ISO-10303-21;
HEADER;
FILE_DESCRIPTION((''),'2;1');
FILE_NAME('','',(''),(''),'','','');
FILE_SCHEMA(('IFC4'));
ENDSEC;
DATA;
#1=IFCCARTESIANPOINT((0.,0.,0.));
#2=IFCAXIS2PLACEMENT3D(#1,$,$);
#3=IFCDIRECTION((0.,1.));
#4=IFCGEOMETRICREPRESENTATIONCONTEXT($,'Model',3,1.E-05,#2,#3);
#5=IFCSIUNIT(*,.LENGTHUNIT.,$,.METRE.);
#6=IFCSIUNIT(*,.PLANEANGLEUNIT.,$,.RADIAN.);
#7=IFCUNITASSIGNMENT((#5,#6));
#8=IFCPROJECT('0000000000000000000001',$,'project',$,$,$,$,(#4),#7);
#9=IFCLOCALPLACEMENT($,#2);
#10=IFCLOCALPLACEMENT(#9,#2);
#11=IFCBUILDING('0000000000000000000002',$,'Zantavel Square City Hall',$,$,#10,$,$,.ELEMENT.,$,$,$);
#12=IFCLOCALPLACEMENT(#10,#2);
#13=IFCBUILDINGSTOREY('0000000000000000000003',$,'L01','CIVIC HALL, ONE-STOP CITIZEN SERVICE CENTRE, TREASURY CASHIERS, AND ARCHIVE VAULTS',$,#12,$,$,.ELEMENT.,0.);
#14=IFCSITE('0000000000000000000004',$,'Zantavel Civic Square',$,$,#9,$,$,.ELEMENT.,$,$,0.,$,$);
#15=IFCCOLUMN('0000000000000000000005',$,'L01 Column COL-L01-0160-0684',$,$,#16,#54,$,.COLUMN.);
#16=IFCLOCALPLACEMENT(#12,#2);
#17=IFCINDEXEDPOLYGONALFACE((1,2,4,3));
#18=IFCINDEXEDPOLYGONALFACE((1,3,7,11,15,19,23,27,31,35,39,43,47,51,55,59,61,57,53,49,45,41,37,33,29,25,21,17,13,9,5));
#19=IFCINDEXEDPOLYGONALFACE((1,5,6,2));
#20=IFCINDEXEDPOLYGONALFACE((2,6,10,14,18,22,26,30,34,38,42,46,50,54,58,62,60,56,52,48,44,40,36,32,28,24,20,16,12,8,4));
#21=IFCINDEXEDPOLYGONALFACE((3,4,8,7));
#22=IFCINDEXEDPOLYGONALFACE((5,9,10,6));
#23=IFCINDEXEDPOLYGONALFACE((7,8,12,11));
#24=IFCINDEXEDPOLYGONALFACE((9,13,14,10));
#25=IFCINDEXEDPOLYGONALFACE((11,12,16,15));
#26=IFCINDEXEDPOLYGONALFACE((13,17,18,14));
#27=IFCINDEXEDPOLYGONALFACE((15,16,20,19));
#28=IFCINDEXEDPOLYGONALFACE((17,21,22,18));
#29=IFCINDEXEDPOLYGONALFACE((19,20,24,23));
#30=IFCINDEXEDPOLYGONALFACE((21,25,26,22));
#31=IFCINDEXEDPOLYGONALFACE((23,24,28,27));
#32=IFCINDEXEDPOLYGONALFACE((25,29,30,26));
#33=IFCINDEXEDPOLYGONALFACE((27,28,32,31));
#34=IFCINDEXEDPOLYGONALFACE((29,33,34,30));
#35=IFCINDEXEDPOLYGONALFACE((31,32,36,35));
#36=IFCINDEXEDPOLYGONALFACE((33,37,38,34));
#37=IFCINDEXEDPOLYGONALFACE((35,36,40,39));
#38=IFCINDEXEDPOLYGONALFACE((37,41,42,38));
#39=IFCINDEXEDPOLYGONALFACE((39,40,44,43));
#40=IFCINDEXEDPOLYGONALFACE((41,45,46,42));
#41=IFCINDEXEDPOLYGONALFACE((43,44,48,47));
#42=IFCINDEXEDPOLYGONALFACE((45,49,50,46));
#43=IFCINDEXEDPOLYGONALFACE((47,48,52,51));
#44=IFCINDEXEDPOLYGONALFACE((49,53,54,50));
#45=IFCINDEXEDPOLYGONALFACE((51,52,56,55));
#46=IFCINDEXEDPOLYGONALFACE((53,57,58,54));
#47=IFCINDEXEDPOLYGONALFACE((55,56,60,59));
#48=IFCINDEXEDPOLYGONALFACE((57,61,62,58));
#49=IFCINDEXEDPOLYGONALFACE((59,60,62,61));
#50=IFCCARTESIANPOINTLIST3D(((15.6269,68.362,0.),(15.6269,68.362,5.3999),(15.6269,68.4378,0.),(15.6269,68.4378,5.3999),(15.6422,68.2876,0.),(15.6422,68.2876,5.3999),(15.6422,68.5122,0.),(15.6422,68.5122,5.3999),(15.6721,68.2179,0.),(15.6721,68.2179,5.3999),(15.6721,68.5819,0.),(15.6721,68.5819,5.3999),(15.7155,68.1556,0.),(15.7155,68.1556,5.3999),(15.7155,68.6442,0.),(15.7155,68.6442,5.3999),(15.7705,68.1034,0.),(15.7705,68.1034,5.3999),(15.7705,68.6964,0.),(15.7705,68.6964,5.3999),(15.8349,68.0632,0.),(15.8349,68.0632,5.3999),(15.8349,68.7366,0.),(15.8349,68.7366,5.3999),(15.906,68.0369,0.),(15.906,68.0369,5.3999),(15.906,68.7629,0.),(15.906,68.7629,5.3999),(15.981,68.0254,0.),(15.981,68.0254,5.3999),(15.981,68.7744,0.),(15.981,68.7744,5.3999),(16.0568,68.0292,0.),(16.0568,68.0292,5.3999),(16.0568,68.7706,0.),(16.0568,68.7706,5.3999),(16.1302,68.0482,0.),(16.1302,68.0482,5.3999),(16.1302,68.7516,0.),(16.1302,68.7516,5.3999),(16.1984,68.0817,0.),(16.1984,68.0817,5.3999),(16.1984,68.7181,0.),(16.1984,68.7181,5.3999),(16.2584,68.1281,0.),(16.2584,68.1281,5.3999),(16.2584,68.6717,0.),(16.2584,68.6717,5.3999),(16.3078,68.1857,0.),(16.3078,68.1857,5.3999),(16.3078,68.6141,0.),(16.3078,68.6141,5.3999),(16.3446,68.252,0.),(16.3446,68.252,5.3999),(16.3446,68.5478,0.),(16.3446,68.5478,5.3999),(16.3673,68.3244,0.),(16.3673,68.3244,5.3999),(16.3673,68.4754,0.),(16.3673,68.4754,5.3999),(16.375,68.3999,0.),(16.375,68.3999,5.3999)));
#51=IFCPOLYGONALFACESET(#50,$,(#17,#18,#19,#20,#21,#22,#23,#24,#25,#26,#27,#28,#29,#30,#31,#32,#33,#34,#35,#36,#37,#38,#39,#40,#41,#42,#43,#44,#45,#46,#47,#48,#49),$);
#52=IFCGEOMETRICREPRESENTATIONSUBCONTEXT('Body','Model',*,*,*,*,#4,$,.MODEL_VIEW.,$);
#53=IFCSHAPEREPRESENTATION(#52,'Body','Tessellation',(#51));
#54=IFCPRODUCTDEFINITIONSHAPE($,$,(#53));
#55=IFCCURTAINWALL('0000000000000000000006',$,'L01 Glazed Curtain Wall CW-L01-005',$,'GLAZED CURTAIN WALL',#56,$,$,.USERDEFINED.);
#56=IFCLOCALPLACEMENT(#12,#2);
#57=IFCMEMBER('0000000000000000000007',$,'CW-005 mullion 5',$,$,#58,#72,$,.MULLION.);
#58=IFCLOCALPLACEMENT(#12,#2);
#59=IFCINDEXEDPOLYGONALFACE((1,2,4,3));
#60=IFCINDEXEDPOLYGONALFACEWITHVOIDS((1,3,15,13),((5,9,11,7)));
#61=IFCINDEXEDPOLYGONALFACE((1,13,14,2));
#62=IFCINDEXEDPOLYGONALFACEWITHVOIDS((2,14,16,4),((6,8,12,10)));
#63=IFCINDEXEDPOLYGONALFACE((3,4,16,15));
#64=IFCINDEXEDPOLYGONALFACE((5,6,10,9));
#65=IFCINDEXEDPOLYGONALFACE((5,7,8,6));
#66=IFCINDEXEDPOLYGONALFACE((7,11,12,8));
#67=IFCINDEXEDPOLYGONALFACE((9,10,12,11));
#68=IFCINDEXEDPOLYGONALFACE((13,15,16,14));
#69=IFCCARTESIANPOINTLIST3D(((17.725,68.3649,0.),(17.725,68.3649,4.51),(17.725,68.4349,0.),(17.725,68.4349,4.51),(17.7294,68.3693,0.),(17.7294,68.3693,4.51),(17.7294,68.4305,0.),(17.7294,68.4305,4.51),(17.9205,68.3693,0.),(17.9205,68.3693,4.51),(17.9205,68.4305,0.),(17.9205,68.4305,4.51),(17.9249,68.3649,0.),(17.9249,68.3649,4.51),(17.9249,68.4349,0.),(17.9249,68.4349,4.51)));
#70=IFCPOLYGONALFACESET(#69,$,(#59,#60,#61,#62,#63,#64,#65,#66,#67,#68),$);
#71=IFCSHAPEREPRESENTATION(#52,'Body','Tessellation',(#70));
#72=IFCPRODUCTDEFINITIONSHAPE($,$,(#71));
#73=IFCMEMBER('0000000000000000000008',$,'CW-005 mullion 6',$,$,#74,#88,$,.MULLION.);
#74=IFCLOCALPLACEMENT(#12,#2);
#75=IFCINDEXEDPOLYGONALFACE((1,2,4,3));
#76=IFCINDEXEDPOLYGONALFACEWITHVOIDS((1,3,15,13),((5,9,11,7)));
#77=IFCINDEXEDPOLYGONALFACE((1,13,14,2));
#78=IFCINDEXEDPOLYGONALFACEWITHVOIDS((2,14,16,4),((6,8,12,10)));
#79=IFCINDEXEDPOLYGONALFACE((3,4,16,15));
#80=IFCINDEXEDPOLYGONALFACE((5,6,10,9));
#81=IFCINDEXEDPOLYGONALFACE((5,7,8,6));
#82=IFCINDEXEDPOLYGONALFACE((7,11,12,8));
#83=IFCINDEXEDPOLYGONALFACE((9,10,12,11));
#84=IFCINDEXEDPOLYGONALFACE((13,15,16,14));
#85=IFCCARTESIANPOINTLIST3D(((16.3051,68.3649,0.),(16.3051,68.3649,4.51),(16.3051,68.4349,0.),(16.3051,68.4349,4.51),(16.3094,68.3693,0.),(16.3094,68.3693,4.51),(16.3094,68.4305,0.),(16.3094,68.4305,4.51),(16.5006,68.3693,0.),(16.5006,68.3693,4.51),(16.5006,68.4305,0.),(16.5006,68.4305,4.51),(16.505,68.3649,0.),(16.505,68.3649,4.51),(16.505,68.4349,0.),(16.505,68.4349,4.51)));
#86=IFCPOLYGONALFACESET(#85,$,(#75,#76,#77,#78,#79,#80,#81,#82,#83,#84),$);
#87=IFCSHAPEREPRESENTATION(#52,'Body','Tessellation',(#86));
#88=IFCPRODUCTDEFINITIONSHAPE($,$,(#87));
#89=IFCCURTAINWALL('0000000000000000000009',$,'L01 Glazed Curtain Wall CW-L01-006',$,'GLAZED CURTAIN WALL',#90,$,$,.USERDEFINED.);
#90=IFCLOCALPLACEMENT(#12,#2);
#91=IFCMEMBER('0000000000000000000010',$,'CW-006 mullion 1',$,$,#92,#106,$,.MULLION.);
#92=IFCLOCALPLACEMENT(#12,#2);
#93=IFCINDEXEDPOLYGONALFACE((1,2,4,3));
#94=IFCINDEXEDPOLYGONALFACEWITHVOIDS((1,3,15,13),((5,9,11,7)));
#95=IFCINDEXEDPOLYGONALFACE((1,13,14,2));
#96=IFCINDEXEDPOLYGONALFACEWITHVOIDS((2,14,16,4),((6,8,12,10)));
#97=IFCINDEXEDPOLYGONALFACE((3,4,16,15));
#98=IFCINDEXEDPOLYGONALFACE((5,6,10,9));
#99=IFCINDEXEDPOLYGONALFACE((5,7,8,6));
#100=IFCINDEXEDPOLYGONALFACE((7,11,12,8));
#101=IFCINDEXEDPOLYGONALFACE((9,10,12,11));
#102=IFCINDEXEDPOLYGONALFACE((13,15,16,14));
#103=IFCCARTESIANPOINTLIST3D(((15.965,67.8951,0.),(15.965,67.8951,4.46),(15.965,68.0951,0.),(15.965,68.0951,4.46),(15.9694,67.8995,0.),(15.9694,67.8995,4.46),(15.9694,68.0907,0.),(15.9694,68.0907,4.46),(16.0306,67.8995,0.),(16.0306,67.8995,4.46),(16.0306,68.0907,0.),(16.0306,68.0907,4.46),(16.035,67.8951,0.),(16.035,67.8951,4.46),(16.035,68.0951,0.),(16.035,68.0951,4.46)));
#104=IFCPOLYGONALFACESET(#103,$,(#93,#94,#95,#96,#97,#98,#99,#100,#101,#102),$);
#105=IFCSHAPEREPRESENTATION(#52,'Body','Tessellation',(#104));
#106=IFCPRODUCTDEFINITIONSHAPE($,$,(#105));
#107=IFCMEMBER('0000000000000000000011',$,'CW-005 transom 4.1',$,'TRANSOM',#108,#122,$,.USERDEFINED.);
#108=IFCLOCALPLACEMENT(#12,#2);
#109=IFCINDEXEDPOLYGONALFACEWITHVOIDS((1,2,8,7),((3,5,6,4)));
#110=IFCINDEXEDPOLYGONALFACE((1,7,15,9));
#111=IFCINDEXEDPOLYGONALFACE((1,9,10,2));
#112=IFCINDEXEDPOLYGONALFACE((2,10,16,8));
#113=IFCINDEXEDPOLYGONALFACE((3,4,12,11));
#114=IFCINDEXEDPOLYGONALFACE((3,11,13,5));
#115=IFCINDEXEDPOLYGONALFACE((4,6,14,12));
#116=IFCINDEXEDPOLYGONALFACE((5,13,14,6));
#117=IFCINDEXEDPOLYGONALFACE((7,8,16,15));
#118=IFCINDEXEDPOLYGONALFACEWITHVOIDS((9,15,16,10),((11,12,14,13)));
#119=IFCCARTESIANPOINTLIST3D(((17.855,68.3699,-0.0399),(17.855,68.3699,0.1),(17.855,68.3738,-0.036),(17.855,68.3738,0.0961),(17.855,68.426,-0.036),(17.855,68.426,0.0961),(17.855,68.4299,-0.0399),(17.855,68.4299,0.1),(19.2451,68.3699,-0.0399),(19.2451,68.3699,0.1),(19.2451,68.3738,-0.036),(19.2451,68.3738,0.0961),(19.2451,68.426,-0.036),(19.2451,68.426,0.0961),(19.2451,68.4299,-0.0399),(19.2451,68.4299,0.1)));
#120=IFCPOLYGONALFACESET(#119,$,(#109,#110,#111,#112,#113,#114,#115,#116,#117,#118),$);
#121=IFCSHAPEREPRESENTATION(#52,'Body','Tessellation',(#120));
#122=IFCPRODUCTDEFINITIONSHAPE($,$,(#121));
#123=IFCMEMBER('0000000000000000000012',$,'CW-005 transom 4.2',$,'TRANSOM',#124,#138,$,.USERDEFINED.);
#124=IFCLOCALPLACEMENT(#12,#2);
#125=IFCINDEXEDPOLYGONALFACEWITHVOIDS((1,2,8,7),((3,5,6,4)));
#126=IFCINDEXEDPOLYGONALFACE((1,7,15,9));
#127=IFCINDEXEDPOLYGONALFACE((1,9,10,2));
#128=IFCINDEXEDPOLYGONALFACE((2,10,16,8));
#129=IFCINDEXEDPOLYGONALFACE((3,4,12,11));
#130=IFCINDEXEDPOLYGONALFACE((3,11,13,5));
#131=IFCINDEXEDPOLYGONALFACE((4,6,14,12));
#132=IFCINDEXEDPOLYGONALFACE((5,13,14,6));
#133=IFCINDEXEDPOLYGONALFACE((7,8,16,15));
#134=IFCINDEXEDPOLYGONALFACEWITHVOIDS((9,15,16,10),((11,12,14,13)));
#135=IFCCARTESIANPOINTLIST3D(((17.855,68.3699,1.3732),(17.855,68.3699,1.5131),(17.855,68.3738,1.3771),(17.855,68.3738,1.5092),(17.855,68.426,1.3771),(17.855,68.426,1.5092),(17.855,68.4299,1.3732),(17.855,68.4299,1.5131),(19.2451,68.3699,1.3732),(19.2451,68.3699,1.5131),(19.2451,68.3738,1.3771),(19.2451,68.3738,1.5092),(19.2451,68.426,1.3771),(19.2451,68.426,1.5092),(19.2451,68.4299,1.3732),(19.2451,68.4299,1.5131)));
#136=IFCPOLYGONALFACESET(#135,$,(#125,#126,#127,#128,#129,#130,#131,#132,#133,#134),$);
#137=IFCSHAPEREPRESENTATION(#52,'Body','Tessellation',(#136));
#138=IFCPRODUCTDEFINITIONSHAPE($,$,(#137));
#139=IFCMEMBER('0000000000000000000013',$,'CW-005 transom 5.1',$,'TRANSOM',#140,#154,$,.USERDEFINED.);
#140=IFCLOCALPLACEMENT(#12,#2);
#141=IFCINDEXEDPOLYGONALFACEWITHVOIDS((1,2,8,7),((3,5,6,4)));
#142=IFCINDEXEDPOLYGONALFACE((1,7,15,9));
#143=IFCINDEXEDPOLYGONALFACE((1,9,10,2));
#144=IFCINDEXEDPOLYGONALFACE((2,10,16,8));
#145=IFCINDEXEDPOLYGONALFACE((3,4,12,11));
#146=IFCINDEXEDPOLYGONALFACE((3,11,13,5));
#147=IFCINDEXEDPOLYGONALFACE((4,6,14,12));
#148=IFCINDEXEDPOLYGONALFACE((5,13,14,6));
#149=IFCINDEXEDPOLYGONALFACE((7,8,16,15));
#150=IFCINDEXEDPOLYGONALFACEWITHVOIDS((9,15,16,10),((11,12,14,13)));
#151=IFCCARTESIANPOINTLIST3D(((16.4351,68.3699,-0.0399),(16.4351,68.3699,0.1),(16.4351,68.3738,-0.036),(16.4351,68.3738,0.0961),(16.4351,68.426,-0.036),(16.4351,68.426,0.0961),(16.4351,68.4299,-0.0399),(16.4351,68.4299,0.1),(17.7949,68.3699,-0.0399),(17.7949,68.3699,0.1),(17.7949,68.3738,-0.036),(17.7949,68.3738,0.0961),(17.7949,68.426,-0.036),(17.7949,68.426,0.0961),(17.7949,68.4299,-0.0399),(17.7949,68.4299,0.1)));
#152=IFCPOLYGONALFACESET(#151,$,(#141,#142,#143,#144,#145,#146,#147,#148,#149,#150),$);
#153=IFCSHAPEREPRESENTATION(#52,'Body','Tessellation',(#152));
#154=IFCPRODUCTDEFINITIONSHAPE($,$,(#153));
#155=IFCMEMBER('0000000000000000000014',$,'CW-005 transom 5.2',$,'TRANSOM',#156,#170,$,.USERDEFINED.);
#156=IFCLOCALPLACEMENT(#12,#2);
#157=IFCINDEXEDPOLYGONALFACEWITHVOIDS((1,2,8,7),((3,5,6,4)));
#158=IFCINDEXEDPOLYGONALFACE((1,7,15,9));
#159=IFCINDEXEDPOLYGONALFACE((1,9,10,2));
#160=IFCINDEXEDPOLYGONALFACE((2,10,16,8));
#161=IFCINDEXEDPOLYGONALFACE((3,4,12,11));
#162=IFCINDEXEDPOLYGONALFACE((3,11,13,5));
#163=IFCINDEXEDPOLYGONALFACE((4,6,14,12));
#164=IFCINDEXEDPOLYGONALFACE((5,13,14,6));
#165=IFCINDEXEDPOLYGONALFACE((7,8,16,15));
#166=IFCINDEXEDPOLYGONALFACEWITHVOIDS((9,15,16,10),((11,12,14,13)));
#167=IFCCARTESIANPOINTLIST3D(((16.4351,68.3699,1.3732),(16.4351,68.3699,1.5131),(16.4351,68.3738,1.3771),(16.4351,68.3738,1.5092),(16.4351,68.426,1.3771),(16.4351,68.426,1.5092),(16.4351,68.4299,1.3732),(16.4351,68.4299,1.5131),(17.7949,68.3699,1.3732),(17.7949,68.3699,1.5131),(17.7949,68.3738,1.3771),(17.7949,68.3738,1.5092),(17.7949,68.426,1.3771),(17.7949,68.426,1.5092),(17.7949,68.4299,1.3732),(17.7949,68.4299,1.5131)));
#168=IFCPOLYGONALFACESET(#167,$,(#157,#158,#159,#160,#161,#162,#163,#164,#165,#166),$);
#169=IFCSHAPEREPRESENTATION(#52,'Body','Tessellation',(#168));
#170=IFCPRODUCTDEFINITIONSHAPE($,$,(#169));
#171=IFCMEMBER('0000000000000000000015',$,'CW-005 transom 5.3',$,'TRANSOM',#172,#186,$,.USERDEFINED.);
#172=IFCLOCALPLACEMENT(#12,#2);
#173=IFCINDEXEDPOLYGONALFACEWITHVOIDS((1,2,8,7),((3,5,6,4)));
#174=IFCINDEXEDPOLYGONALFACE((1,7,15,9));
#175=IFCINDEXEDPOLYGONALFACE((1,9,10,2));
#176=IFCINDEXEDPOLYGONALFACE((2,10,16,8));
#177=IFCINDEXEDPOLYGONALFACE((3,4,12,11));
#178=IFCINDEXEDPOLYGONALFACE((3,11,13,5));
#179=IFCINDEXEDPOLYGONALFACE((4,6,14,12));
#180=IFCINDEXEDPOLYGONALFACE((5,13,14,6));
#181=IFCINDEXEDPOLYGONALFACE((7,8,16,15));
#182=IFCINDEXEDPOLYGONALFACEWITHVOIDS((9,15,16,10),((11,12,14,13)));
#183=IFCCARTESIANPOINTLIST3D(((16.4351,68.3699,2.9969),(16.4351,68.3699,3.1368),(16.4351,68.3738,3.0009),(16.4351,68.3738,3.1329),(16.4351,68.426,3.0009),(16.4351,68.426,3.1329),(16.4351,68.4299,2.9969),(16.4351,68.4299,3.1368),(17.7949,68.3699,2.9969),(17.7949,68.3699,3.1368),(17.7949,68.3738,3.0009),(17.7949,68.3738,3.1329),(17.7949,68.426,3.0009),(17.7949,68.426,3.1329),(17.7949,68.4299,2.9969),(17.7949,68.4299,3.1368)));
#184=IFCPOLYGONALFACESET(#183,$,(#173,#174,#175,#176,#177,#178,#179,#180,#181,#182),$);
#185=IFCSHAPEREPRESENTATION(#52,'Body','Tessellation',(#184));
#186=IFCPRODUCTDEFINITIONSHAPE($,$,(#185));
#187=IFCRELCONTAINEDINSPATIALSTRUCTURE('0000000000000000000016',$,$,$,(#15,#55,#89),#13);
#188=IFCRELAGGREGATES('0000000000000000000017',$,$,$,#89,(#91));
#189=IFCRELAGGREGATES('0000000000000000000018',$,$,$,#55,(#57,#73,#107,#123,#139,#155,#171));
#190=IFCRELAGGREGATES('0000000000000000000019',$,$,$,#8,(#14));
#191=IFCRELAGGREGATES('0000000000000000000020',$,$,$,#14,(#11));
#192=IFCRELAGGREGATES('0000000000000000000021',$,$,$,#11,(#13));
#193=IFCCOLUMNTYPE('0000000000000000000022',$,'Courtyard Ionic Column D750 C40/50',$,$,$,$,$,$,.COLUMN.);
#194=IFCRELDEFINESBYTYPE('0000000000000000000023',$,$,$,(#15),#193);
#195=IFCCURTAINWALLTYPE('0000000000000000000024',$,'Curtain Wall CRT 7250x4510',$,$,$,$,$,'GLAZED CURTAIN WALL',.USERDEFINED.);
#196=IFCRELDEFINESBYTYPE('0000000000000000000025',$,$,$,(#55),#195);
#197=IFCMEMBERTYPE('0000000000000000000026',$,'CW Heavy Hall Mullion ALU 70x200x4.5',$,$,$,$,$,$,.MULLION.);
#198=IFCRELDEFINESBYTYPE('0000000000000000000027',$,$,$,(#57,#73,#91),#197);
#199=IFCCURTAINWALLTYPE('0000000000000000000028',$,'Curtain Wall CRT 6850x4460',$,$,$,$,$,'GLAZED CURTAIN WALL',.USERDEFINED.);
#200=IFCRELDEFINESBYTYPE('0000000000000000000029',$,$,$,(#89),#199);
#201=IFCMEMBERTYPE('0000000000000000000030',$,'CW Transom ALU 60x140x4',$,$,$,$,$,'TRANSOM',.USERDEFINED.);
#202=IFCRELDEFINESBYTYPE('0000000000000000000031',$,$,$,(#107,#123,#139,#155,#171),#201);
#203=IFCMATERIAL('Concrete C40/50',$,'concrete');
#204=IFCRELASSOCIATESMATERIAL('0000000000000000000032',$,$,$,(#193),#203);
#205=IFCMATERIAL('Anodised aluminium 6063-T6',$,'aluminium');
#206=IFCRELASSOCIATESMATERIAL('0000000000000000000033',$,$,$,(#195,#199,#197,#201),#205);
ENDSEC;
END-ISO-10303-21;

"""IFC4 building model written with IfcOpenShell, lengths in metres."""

from ifc_helpers import new_model, si_unit, direction, frame, origin, origin_2d, place, context, subcontext, project, spatial, hollow_rectangle, circle, extrude, material, material_profile, profile_set, type_object, element, aggregate, save


model = new_model("IFC4")

# Units and contexts
model_context = context("Model", 3, precision=1e-05, world=origin(), true_north=direction((0.0, 1.0)))
body_context = subcontext(model_context, "Body", "Model", "MODEL_VIEW")
ifc_project = project(units=[si_unit("LENGTHUNIT", "METRE"), si_unit("PLANEANGLEUNIT", "RADIAN")], contexts=[model_context])

# Site, building, storey
site_placement = place(None, origin())
site = spatial("IfcSite", under=ifc_project, at=site_placement, Name="Zantavel Civic Square", CompositionType="ELEMENT", RefElevation=0.0)
building_placement = place(site_placement, origin())
building = spatial("IfcBuilding", under=site, at=building_placement, Name="Zantavel Square City Hall", CompositionType="ELEMENT")
storey_placement = place(building_placement, origin())
storey = spatial("IfcBuildingStorey", under=building, at=storey_placement, Name="L01", Description="CIVIC HALL, ONE-STOP CITIZEN SERVICE CENTRE, TREASURY CASHIERS, AND ARCHIVE VAULTS", CompositionType="ELEMENT", Elevation=0.0)

# Column
ifc_material_1 = material(Name="Concrete C40/50", Category="concrete")
ifc_material_profile_1 = material_profile(ifc_material_1, circle(Radius=0.375, at=origin_2d()), Name="ROUND D750")
ifc_profile_set_1 = profile_set([ifc_material_profile_1], Name="Concrete C40/50")
column_type = type_object("IfcColumnType", Name="Courtyard Ionic Column D750 C40/50", PredefinedType="COLUMN", material=ifc_profile_set_1)
column_placement = place(storey_placement, frame((16.0, 68.3999, 0.0), z_axis=(0.0, 0.0, 1.0), x_axis=(1.0, 0.0, 0.0)))
element("IfcColumn", 1, at=column_placement, inside=storey, type_object=column_type, Name="L01 Column COL-L01-0160-0684", PredefinedType="COLUMN", context=body_context, shape_type="SweptSolid", body=[
    extrude(circle(Radius=0.375, at=origin_2d()), origin(), (0.0, 0.0, 1.0), 5.3999),
])

# Curtain wall, members
ifc_material_2 = material(Name="Anodised aluminium 6063-T6", Category="aluminium")
curtain_wall_type_1 = type_object("IfcCurtainWallType", Name="Curtain Wall CRT 7250x4510", ElementType="GLAZED CURTAIN WALL", PredefinedType="USERDEFINED", material=ifc_material_2)
curtain_wall_1_placement = place(storey_placement, origin())
curtain_wall_1 = element("IfcCurtainWall", 2, at=curtain_wall_1_placement, inside=storey, type_object=curtain_wall_type_1, Name="L01 Glazed Curtain Wall CW-L01-005", ObjectType="GLAZED CURTAIN WALL", PredefinedType="USERDEFINED")
ifc_material_profile_2 = material_profile(ifc_material_2, hollow_rectangle(XDim=0.0701, YDim=0.2, WallThickness=0.0044, at=origin_2d()), Name="ALU 70x200x4.5")
ifc_profile_set_2 = profile_set([ifc_material_profile_2], Name="Anodised aluminium 6063-T6")
member_type_1 = type_object("IfcMemberType", Name="CW Heavy Hall Mullion ALU 70x200x4.5", PredefinedType="MULLION", material=ifc_profile_set_2)
member_1_placement = place(storey_placement, frame((17.825, 68.3999, 0.0), z_axis=(0.0, 0.0, 1.0), x_axis=(0.0, -1.0, 0.0)))
member_1 = element("IfcMember", 3, at=member_1_placement, type_object=member_type_1, Name="CW-005 mullion 5", PredefinedType="MULLION", context=body_context, shape_type="SweptSolid", body=[
    extrude(hollow_rectangle(XDim=0.0701, YDim=0.2, WallThickness=0.0044, at=origin_2d()), origin(), (0.0, 0.0, 1.0), 4.51),
])
member_2_placement = place(storey_placement, frame((16.405, 68.3999, 0.0), z_axis=(0.0, 0.0, 1.0), x_axis=(0.0, -1.0, 0.0)))
member_2 = element("IfcMember", 4, at=member_2_placement, type_object=member_type_1, Name="CW-005 mullion 6", PredefinedType="MULLION", context=body_context, shape_type="SweptSolid", body=[
    extrude(hollow_rectangle(XDim=0.0701, YDim=0.2, WallThickness=0.0044, at=origin_2d()), origin(), (0.0, 0.0, 1.0), 4.51),
])

# Curtain wall, member
curtain_wall_type_2 = type_object("IfcCurtainWallType", Name="Curtain Wall CRT 6850x4460", ElementType="GLAZED CURTAIN WALL", PredefinedType="USERDEFINED", material=ifc_material_2)
curtain_wall_2_placement = place(storey_placement, origin())
curtain_wall_2 = element("IfcCurtainWall", 5, at=curtain_wall_2_placement, inside=storey, type_object=curtain_wall_type_2, Name="L01 Glazed Curtain Wall CW-L01-006", ObjectType="GLAZED CURTAIN WALL", PredefinedType="USERDEFINED")
member_3_placement = place(storey_placement, frame((16.0, 67.9951, 0.0), z_axis=(0.0, 0.0, 1.0), x_axis=(1.0, 0.0, 0.0)))
member_3 = element("IfcMember", 6, at=member_3_placement, type_object=member_type_1, Name="CW-006 mullion 1", PredefinedType="MULLION", context=body_context, shape_type="SweptSolid", body=[
    extrude(hollow_rectangle(XDim=0.0701, YDim=0.2, WallThickness=0.0044, at=origin_2d()), origin(), (0.0, 0.0, 1.0), 4.46),
])

# Members
ifc_material_profile_3 = material_profile(ifc_material_2, hollow_rectangle(XDim=0.0601, YDim=0.1399, WallThickness=0.0039, at=origin_2d()), Name="ALU 60x140x4")
ifc_profile_set_3 = profile_set([ifc_material_profile_3], Name="Anodised aluminium 6063-T6")
member_type_2 = type_object("IfcMemberType", Name="CW Transom ALU 60x140x4", ElementType="TRANSOM", PredefinedType="USERDEFINED", material=ifc_profile_set_3)
member_4_placement = place(storey_placement, frame((19.2451, 68.3999, 0.03), z_axis=(-1.0, 0.0, 0.0), x_axis=(0.0, -1.0, 0.0)))
member_4 = element("IfcMember", 7, at=member_4_placement, type_object=member_type_2, Name="CW-005 transom 4.1", ObjectType="TRANSOM", PredefinedType="USERDEFINED", context=body_context, shape_type="SweptSolid", body=[
    extrude(hollow_rectangle(XDim=0.0601, YDim=0.1399, WallThickness=0.0039, at=origin_2d()), origin(), (0.0, 0.0, 1.0), 1.3901),
])
member_5_placement = place(storey_placement, frame((19.2451, 68.3999, 1.4431), z_axis=(-1.0, 0.0, 0.0), x_axis=(0.0, -1.0, 0.0)))
member_5 = element("IfcMember", 8, at=member_5_placement, type_object=member_type_2, Name="CW-005 transom 4.2", ObjectType="TRANSOM", PredefinedType="USERDEFINED", context=body_context, shape_type="SweptSolid", body=[
    extrude(hollow_rectangle(XDim=0.0601, YDim=0.1399, WallThickness=0.0039, at=origin_2d()), origin(), (0.0, 0.0, 1.0), 1.3901),
])
member_6_placement = place(storey_placement, frame((17.7949, 68.3999, 0.03), z_axis=(-1.0, 0.0, 0.0), x_axis=(0.0, -1.0, 0.0)))
member_6 = element("IfcMember", 9, at=member_6_placement, type_object=member_type_2, Name="CW-005 transom 5.1", ObjectType="TRANSOM", PredefinedType="USERDEFINED", context=body_context, shape_type="SweptSolid", body=[
    extrude(hollow_rectangle(XDim=0.0601, YDim=0.1399, WallThickness=0.0039, at=origin_2d()), origin(), (0.0, 0.0, 1.0), 1.3599),
])
member_7_placement = place(storey_placement, frame((17.7949, 68.3999, 1.4431), z_axis=(-1.0, 0.0, 0.0), x_axis=(0.0, -1.0, 0.0)))
member_7 = element("IfcMember", 10, at=member_7_placement, type_object=member_type_2, Name="CW-005 transom 5.2", ObjectType="TRANSOM", PredefinedType="USERDEFINED", context=body_context, shape_type="SweptSolid", body=[
    extrude(hollow_rectangle(XDim=0.0601, YDim=0.1399, WallThickness=0.0039, at=origin_2d()), origin(), (0.0, 0.0, 1.0), 1.3599),
])
member_8_placement = place(storey_placement, frame((17.7949, 68.3999, 3.0669), z_axis=(-1.0, 0.0, 0.0), x_axis=(0.0, -1.0, 0.0)))
member_8 = element("IfcMember", 11, at=member_8_placement, type_object=member_type_2, Name="CW-005 transom 5.3", ObjectType="TRANSOM", PredefinedType="USERDEFINED", context=body_context, shape_type="SweptSolid", body=[
    extrude(hollow_rectangle(XDim=0.0601, YDim=0.1399, WallThickness=0.0039, at=origin_2d()), origin(), (0.0, 0.0, 1.0), 1.3599),
])
aggregate(curtain_wall_2, [member_3])

aggregate(curtain_wall_1, [member_1, member_2, member_4, member_5, member_6, member_7, member_8])

save(model, "model.ifc")
